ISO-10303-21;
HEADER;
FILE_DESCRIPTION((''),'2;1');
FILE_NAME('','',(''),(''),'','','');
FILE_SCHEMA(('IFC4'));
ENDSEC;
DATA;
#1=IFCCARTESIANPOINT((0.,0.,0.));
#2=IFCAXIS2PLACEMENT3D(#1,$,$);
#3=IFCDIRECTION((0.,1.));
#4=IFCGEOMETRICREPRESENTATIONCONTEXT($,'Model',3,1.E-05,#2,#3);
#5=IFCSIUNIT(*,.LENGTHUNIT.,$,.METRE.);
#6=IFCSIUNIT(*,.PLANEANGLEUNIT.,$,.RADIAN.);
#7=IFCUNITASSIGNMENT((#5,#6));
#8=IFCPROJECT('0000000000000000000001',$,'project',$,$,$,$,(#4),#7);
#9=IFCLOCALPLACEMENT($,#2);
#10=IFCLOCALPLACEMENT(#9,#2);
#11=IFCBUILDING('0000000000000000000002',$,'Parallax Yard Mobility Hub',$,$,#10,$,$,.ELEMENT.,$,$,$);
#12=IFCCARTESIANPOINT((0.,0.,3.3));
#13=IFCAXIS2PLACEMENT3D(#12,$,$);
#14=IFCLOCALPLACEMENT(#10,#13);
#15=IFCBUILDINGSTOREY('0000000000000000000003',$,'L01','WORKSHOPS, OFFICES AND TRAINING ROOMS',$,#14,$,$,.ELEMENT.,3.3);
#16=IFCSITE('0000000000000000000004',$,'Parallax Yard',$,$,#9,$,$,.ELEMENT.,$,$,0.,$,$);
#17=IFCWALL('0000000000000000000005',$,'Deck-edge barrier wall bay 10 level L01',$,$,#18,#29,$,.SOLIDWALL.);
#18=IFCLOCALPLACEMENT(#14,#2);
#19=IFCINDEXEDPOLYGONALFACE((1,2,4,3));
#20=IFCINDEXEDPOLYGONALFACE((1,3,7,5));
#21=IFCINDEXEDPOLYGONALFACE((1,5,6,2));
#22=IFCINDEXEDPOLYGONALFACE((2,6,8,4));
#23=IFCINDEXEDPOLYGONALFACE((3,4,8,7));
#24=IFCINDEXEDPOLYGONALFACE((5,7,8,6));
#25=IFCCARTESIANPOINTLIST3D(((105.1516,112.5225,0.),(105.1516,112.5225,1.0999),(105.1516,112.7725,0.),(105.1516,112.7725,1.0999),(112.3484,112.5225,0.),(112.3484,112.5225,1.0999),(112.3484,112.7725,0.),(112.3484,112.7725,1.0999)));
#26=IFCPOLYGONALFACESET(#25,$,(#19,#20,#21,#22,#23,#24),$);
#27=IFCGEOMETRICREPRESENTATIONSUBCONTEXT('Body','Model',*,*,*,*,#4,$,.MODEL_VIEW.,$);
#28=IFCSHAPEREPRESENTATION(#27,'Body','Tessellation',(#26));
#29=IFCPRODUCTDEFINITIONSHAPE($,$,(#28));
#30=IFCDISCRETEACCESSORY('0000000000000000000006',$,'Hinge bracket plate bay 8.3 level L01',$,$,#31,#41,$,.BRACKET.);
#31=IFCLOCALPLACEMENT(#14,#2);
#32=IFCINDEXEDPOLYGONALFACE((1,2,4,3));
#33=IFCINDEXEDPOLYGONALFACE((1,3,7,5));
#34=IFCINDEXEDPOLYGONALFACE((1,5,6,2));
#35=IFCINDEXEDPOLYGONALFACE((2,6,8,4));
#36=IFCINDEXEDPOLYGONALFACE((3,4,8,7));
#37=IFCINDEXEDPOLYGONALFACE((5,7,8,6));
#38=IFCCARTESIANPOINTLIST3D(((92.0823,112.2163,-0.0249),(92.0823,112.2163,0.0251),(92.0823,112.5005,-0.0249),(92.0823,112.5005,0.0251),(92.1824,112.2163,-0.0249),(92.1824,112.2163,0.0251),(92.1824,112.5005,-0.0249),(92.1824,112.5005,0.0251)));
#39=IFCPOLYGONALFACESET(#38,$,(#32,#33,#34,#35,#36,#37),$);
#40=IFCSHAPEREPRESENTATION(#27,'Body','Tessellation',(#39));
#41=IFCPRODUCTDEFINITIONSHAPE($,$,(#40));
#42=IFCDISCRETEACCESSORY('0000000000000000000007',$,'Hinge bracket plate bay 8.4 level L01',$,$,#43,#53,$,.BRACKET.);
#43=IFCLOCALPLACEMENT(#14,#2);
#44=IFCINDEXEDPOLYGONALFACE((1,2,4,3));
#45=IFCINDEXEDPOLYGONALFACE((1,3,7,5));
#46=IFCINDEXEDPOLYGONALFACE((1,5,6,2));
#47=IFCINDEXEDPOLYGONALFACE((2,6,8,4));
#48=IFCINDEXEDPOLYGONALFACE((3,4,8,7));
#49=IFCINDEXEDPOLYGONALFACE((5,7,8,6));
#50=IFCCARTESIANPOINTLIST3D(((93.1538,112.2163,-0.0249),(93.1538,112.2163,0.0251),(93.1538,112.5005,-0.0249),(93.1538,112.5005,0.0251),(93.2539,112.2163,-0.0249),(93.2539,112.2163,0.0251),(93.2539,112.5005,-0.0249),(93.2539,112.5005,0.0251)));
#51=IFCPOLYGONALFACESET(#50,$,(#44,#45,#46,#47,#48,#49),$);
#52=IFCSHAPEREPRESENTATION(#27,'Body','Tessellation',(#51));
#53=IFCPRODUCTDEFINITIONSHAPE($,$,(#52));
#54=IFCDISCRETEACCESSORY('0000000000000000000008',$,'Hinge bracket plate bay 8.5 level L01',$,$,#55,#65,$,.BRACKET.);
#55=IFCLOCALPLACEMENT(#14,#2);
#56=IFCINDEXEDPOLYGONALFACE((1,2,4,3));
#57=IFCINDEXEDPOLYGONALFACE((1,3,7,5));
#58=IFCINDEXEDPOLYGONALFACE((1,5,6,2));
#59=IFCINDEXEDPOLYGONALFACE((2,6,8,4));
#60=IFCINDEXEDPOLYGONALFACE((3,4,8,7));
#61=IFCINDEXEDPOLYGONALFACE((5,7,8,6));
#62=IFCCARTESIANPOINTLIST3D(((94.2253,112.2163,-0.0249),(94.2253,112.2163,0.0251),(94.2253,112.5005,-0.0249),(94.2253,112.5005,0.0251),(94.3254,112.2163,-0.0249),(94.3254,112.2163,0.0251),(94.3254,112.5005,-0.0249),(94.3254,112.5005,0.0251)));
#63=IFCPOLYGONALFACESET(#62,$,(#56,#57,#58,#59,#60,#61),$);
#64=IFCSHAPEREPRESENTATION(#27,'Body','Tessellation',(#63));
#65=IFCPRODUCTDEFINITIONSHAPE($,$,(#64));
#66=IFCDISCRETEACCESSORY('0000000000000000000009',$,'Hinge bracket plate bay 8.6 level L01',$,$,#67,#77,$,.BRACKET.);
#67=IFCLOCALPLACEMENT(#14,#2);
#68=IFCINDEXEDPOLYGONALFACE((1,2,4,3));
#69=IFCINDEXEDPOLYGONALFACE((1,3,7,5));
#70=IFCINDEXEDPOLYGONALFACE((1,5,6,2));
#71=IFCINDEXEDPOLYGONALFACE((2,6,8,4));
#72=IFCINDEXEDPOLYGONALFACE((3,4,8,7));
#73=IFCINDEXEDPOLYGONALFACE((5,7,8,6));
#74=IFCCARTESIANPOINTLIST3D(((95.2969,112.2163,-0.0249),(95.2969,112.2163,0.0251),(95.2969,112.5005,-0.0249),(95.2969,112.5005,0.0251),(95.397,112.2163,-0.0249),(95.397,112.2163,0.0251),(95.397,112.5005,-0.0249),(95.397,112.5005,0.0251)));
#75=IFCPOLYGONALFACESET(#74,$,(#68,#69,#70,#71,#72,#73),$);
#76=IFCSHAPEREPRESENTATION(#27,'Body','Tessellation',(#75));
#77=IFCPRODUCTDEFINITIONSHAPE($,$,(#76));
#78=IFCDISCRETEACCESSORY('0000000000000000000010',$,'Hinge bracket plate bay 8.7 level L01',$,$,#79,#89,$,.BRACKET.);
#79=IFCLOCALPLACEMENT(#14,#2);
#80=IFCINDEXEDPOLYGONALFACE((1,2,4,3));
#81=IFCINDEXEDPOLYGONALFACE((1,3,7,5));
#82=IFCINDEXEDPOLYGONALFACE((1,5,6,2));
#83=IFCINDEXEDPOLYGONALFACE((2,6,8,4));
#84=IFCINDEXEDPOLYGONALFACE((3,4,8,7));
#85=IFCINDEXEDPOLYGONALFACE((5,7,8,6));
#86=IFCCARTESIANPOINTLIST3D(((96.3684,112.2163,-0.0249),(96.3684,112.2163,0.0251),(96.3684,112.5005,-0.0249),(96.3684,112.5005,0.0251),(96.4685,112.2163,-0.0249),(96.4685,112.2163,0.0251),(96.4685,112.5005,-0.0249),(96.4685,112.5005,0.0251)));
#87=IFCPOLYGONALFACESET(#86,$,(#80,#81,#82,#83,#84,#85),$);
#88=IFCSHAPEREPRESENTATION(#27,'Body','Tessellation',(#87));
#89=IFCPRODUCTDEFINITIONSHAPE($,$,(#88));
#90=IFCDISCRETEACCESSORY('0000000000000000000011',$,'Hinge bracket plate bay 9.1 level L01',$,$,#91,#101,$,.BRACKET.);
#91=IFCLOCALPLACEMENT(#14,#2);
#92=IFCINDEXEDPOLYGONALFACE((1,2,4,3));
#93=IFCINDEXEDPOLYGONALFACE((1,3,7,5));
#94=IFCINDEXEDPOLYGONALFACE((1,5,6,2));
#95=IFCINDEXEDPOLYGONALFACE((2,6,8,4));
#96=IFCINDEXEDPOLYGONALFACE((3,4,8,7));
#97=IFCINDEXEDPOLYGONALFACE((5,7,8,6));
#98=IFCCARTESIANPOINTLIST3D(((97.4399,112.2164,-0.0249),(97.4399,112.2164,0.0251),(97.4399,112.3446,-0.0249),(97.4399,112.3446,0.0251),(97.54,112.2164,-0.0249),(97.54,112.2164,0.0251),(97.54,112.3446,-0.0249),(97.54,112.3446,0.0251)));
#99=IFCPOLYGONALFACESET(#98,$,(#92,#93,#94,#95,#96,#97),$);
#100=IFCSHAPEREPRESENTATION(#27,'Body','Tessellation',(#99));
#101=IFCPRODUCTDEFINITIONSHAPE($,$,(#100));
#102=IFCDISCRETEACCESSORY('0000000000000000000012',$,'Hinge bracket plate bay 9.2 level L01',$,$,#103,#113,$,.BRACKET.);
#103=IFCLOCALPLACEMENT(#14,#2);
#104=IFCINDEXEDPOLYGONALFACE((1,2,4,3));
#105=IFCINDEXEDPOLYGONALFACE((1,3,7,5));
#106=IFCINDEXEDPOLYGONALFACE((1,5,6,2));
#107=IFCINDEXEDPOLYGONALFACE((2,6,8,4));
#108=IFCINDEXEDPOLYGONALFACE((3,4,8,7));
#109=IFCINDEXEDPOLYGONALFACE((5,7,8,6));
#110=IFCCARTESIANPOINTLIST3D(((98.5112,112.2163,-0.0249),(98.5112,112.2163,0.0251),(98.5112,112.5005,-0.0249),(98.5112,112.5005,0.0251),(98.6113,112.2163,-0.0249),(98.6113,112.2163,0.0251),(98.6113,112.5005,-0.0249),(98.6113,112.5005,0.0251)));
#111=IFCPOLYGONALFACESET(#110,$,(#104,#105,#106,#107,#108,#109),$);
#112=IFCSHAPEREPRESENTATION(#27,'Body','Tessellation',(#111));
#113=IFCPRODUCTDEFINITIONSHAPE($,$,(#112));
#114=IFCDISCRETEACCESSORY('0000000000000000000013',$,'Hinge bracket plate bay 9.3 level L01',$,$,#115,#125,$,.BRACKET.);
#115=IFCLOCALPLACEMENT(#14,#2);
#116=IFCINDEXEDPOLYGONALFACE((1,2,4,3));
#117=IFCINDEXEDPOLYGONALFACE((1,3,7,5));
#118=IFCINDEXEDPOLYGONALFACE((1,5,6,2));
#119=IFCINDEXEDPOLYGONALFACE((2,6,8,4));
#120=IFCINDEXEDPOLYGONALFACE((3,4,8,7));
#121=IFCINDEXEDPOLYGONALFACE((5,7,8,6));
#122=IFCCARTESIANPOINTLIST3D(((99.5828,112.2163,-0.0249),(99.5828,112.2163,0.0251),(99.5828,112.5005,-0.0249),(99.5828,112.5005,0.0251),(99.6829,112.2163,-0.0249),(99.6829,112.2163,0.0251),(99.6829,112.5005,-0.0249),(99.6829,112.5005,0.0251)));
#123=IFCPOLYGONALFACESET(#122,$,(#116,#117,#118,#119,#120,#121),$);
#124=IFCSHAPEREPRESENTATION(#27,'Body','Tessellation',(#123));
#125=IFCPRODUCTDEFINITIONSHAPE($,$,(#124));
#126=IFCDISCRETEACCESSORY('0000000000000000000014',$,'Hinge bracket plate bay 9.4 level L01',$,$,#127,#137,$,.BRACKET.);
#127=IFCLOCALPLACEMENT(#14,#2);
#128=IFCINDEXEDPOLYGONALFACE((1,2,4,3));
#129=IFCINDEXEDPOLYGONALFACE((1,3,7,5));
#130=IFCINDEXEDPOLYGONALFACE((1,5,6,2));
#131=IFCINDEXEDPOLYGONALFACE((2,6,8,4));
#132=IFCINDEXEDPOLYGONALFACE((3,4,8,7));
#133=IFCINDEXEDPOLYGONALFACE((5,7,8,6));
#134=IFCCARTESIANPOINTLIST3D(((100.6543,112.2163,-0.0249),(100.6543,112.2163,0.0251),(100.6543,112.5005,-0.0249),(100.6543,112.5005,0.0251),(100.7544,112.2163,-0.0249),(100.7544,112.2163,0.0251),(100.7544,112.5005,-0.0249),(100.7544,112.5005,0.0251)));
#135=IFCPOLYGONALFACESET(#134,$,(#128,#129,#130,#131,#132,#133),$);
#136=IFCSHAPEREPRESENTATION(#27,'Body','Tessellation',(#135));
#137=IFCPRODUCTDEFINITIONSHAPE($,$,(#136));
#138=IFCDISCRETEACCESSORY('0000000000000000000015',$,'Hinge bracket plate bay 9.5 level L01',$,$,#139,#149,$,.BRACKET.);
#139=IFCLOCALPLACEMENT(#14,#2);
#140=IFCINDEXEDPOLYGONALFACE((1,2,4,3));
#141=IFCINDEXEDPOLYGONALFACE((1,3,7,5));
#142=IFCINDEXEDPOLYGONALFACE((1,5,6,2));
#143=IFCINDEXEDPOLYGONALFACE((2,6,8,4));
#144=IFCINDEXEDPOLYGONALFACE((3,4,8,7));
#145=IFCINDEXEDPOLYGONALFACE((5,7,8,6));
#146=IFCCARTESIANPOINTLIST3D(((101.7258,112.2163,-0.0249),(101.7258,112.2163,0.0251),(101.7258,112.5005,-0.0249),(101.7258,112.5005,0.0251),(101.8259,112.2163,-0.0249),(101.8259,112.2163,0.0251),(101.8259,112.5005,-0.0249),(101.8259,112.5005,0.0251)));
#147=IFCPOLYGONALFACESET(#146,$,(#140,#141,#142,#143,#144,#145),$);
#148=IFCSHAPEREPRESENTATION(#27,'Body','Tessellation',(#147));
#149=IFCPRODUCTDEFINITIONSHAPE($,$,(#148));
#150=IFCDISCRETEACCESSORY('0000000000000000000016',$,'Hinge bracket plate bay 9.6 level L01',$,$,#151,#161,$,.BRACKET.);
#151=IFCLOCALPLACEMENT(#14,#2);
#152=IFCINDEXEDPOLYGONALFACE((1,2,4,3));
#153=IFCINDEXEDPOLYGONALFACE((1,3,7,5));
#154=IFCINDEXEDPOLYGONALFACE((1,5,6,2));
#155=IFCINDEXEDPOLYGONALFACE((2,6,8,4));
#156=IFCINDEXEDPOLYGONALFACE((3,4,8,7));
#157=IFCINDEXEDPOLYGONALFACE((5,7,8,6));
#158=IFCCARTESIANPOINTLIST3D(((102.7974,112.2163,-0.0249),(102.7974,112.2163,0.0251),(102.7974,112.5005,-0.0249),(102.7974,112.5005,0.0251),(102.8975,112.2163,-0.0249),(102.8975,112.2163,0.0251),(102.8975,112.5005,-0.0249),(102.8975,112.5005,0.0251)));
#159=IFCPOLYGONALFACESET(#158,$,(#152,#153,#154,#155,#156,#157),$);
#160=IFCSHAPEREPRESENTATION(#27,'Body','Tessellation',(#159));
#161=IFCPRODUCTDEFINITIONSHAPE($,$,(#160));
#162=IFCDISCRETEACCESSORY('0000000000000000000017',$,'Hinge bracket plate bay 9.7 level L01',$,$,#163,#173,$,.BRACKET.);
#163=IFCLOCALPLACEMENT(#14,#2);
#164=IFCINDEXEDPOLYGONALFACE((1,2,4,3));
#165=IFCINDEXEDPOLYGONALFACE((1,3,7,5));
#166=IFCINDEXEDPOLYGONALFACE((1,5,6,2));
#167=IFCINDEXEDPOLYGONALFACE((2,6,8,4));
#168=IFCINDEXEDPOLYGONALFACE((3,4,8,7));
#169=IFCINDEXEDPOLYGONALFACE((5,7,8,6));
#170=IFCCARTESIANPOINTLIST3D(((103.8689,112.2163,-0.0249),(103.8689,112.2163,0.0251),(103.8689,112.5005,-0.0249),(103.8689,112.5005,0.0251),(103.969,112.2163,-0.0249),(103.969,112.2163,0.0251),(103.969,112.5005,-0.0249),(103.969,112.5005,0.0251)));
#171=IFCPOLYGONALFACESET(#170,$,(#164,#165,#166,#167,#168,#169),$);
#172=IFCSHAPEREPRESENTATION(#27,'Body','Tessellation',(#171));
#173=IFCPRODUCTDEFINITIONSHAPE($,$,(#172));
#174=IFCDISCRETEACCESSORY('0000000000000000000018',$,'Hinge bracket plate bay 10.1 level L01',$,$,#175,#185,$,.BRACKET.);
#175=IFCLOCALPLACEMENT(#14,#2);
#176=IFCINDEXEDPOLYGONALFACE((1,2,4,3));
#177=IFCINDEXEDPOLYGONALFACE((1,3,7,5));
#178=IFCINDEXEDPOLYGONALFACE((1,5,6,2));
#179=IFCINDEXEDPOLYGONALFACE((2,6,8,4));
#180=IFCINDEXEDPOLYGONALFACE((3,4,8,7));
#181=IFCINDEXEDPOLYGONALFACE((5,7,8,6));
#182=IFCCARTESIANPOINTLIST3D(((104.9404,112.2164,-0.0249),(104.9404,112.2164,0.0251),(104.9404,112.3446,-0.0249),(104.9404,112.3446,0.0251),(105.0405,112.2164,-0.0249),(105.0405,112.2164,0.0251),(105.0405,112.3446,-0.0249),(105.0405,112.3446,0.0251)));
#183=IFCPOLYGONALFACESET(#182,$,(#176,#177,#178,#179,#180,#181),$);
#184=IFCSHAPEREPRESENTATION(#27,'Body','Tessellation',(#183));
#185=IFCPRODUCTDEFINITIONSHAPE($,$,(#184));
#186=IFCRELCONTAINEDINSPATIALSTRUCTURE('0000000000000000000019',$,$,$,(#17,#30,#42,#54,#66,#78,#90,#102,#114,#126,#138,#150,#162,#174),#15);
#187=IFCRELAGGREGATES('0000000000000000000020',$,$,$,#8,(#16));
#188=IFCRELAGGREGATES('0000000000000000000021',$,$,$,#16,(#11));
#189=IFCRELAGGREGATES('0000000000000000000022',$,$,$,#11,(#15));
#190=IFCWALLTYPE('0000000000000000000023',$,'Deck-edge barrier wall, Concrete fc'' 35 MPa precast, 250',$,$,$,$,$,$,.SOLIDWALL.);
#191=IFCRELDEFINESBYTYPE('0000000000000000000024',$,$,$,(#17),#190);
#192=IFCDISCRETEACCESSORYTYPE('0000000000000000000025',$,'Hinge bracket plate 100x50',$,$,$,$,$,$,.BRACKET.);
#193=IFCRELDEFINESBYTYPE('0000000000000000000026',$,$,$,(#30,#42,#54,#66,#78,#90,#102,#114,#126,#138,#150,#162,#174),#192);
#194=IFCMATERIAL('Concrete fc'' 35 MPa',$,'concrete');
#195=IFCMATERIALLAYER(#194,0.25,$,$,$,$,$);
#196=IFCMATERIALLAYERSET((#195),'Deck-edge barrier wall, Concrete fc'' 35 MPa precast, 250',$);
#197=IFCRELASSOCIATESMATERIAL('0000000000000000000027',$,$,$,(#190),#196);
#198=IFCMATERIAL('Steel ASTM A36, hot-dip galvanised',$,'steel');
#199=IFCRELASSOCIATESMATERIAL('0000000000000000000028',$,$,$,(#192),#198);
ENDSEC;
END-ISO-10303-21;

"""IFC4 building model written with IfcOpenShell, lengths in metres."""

from ifc_helpers import new_model, si_unit, direction, frame, frame_2d, origin, origin_2d, place, context, subcontext, project, spatial, rectangle, extrude, material, layer, layer_set, type_object, element, save


model = new_model("IFC4")

# Units and contexts
model_context = context("Model", 3, precision=1e-05, world=origin(), true_north=direction((0.0, 1.0)))
body_context = subcontext(model_context, "Body", "Model", "MODEL_VIEW")
ifc_project = project(units=[si_unit("LENGTHUNIT", "METRE"), si_unit("PLANEANGLEUNIT", "RADIAN")], contexts=[model_context])

# Site, building, storey
site_placement = place(None, origin())
site = spatial("IfcSite", under=ifc_project, at=site_placement, Name="Parallax Yard", CompositionType="ELEMENT", RefElevation=0.0)
building_placement = place(site_placement, origin())
building = spatial("IfcBuilding", under=site, at=building_placement, Name="Parallax Yard Mobility Hub", CompositionType="ELEMENT")
storey_placement = place(building_placement, frame((0.0, 0.0, 3.3)))
storey = spatial("IfcBuildingStorey", under=building, at=storey_placement, Name="L01", Description="WORKSHOPS, OFFICES AND TRAINING ROOMS", CompositionType="ELEMENT", Elevation=3.3)

# Wall
ifc_material_1 = material(Name="Concrete fc' 35 MPa", Category="concrete")
ifc_layer = layer(ifc_material_1, 0.25)
ifc_layer_set = layer_set([ifc_layer], Name="Deck-edge barrier wall, Concrete fc' 35 MPa precast, 250")
wall_type = type_object("IfcWallType", Name="Deck-edge barrier wall, Concrete fc' 35 MPa precast, 250", PredefinedType="SOLIDWALL", material=ifc_layer_set)
for number, where, z_axis, x_axis, name in (
    (1, (105.1516, 112.6475, 0.0), (0.0, 0.0, 1.0), (1.0, 0.0, 0.0), "Deck-edge barrier wall bay 10 level L01"),
):
    element("IfcWall", number, at=place(storey_placement, frame(where, z_axis=z_axis, x_axis=x_axis)), inside=storey, type_object=wall_type, Name=name, PredefinedType="SOLIDWALL", context=body_context, shape_type="SweptSolid", body=[
        extrude(rectangle(XDim=7.1968, YDim=0.25, at=frame_2d((3.5984, 0.0))), origin(), (0.0, 0.0, 1.0), 1.0999),
    ])

# Discrete accessories
ifc_material_2 = material(Name="Steel ASTM A36, hot-dip galvanised", Category="steel")
discrete_accessory_type_1 = type_object("IfcDiscreteAccessoryType", Name="Hinge bracket plate 100x50", PredefinedType="BRACKET", material=ifc_material_2)
for number, where, z_axis, x_axis, name in (
    (2, (92.1323, 112.3584, -0.0249), (0.0, 0.0, 1.0), (0.0, -1.0, 0.0), "Hinge bracket plate bay 8.3 level L01"),
    (3, (93.2039, 112.3584, -0.0249), (0.0, 0.0, 1.0), (0.0, -1.0, 0.0), "Hinge bracket plate bay 8.4 level L01"),
    (4, (94.2754, 112.3584, -0.0249), (0.0, 0.0, 1.0), (0.0, -1.0, 0.0), "Hinge bracket plate bay 8.5 level L01"),
    (5, (95.3469, 112.3584, -0.0249), (0.0, 0.0, 1.0), (0.0, -1.0, 0.0), "Hinge bracket plate bay 8.6 level L01"),
    (6, (96.4185, 112.3584, -0.0249), (0.0, 0.0, 1.0), (0.0, -1.0, 0.0), "Hinge bracket plate bay 8.7 level L01"),
):
    element("IfcDiscreteAccessory", number, at=place(storey_placement, frame(where, z_axis=z_axis, x_axis=x_axis)), inside=storey, type_object=discrete_accessory_type_1, Name=name, PredefinedType="BRACKET", context=body_context, shape_type="SweptSolid", body=[
        extrude(rectangle(XDim=0.2842, YDim=0.1001, at=origin_2d()), origin(), (0.0, 0.0, 1.0), 0.05),
    ])
discrete_accessory_1_placement = place(storey_placement, frame((97.49, 112.2805, -0.0249), z_axis=(0.0, 0.0, 1.0), x_axis=(0.0, -1.0, 0.0)))
element("IfcDiscreteAccessory", 7, at=discrete_accessory_1_placement, inside=storey, type_object=discrete_accessory_type_1, Name="Hinge bracket plate bay 9.1 level L01", PredefinedType="BRACKET", context=body_context, shape_type="SweptSolid", body=[
    extrude(rectangle(XDim=0.1282, YDim=0.1001, at=origin_2d()), origin(), (0.0, 0.0, 1.0), 0.05),
])
for number, where, z_axis, x_axis, name in (
    (8, (98.5613, 112.3584, -0.0249), (0.0, 0.0, 1.0), (0.0, -1.0, 0.0), "Hinge bracket plate bay 9.2 level L01"),
    (9, (99.6328, 112.3584, -0.0249), (0.0, 0.0, 1.0), (0.0, -1.0, 0.0), "Hinge bracket plate bay 9.3 level L01"),
    (10, (100.7043, 112.3584, -0.0249), (0.0, 0.0, 1.0), (0.0, -1.0, 0.0), "Hinge bracket plate bay 9.4 level L01"),
    (11, (101.7759, 112.3584, -0.0249), (0.0, 0.0, 1.0), (0.0, -1.0, 0.0), "Hinge bracket plate bay 9.5 level L01"),
    (12, (102.8474, 112.3584, -0.0249), (0.0, 0.0, 1.0), (0.0, -1.0, 0.0), "Hinge bracket plate bay 9.6 level L01"),
    (13, (103.9189, 112.3584, -0.0249), (0.0, 0.0, 1.0), (0.0, -1.0, 0.0), "Hinge bracket plate bay 9.7 level L01"),
):
    element("IfcDiscreteAccessory", number, at=place(storey_placement, frame(where, z_axis=z_axis, x_axis=x_axis)), inside=storey, type_object=discrete_accessory_type_1, Name=name, PredefinedType="BRACKET", context=body_context, shape_type="SweptSolid", body=[
        extrude(rectangle(XDim=0.2842, YDim=0.1001, at=origin_2d()), origin(), (0.0, 0.0, 1.0), 0.05),
    ])
discrete_accessory_2_placement = place(storey_placement, frame((104.9905, 112.2805, -0.0249), z_axis=(0.0, 0.0, 1.0), x_axis=(0.0, -1.0, 0.0)))
element("IfcDiscreteAccessory", 14, at=discrete_accessory_2_placement, inside=storey, type_object=discrete_accessory_type_1, Name="Hinge bracket plate bay 10.1 level L01", PredefinedType="BRACKET", context=body_context, shape_type="SweptSolid", body=[
    extrude(rectangle(XDim=0.1282, YDim=0.1001, at=origin_2d()), origin(), (0.0, 0.0, 1.0), 0.05),
])

save(model, "model.ifc")
